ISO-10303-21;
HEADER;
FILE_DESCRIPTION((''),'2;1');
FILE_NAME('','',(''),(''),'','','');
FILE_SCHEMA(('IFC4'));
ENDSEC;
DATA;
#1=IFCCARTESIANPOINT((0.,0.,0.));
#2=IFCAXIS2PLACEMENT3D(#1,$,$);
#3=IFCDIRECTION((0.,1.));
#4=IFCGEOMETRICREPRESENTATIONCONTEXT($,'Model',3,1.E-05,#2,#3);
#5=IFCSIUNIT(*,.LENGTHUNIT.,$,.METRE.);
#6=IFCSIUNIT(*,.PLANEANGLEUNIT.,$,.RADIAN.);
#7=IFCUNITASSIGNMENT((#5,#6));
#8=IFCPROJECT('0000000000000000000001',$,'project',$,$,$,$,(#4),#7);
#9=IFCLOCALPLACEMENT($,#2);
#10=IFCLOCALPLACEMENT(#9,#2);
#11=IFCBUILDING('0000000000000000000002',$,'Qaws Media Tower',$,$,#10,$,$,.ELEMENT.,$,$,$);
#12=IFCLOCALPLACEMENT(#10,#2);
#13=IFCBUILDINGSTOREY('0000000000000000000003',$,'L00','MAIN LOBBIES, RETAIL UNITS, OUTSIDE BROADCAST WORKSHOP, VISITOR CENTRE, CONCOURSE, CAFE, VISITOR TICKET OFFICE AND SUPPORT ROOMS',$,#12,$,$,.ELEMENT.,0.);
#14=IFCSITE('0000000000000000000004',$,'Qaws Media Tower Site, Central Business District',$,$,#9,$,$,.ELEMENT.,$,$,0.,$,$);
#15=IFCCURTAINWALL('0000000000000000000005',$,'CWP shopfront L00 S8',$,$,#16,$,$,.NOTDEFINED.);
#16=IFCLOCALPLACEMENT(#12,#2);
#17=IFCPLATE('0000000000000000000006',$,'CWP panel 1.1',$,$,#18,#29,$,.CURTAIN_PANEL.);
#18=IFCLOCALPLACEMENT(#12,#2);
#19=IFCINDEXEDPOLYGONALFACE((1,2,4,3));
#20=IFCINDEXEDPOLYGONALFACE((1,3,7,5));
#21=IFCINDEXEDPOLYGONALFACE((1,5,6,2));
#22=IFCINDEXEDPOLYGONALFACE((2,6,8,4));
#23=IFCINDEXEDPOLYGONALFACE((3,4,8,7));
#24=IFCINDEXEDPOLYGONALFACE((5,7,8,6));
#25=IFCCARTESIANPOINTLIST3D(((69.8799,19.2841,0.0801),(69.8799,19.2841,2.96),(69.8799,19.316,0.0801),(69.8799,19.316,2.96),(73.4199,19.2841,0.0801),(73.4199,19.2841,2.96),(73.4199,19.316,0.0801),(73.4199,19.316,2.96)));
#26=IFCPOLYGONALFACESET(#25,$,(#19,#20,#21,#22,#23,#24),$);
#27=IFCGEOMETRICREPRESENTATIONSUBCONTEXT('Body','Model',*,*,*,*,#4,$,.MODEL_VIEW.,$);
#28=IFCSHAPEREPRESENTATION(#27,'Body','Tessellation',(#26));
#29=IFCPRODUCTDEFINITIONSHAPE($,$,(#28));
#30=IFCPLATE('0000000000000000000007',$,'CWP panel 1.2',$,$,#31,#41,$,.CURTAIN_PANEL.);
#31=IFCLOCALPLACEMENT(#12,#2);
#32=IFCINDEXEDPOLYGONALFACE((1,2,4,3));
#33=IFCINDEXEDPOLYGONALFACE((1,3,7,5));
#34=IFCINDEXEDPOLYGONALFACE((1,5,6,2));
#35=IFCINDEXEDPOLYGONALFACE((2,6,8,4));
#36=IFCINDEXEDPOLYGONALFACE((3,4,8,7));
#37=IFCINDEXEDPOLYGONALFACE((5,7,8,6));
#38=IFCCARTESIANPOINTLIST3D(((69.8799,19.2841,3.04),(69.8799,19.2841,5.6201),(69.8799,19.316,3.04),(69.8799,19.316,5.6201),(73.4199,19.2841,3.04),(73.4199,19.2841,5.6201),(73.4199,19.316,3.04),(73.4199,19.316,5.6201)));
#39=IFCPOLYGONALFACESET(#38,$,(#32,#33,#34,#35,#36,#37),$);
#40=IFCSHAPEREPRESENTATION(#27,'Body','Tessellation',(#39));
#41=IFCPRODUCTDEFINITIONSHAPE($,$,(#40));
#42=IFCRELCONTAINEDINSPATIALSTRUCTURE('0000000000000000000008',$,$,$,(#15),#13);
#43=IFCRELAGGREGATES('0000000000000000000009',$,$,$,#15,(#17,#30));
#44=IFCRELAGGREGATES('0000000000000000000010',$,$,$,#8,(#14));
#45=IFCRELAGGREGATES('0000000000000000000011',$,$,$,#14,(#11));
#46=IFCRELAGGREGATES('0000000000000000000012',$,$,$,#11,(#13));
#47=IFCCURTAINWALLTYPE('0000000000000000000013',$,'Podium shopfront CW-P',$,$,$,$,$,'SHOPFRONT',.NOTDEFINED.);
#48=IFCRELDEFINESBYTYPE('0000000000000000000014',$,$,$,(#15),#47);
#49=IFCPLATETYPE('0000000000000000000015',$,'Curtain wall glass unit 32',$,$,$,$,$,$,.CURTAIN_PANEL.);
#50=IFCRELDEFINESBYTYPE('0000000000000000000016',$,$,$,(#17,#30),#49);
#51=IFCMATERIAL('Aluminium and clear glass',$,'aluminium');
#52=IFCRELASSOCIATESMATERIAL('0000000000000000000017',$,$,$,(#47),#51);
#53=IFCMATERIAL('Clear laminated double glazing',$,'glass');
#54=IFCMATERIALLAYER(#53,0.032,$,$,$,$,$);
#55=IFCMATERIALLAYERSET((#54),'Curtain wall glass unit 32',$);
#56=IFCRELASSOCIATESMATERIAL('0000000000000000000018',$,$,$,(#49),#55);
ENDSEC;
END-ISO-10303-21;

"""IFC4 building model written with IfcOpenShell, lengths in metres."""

from ifc_helpers import new_model, si_unit, direction, frame, origin, origin_2d, place, context, subcontext, project, spatial, rectangle, extrude, material, layer, layer_set, type_object, element, aggregate, save


model = new_model("IFC4")

# Units and contexts
model_context = context("Model", 3, precision=1e-05, world=origin(), true_north=direction((0.0, 1.0)))
body_context = subcontext(model_context, "Body", "Model", "MODEL_VIEW")
ifc_project = project(units=[si_unit("LENGTHUNIT", "METRE"), si_unit("PLANEANGLEUNIT", "RADIAN")], contexts=[model_context])

# Site, building, storey
site_placement = place(None, origin())
site = spatial("IfcSite", under=ifc_project, at=site_placement, Name="Qaws Media Tower Site, Central Business District", CompositionType="ELEMENT", RefElevation=0.0)
building_placement = place(site_placement, origin())
building = spatial("IfcBuilding", under=site, at=building_placement, Name="Qaws Media Tower", CompositionType="ELEMENT")
storey_placement = place(building_placement, origin())
storey = spatial("IfcBuildingStorey", under=building, at=storey_placement, Name="L00", Description="MAIN LOBBIES, RETAIL UNITS, OUTSIDE BROADCAST WORKSHOP, VISITOR CENTRE, CONCOURSE, CAFE, VISITOR TICKET OFFICE AND SUPPORT ROOMS", CompositionType="ELEMENT", Elevation=0.0)

# Curtain wall
ifc_material_1 = material(Name="Aluminium and clear glass", Category="aluminium")
curtain_wall_type = type_object("IfcCurtainWallType", Name="Podium shopfront CW-P", ElementType="SHOPFRONT", PredefinedType="NOTDEFINED", material=ifc_material_1)
curtain_wall_1_placement = place(storey_placement, origin())
curtain_wall_1 = element("IfcCurtainWall", 1, at=curtain_wall_1_placement, inside=storey, type_object=curtain_wall_type, Name="CWP shopfront L00 S8", PredefinedType="NOTDEFINED")

# Plates
ifc_material_2 = material(Name="Clear laminated double glazing", Category="glass")
ifc_layer = layer(ifc_material_2, 0.032)
ifc_layer_set = layer_set([ifc_layer], Name="Curtain wall glass unit 32")
plate_type = type_object("IfcPlateType", Name="Curtain wall glass unit 32", PredefinedType="CURTAIN_PANEL", material=ifc_layer_set)
plate_1_placement = place(storey_placement, frame((71.6499, 19.3, 0.0801), z_axis=(0.0, 0.0, 1.0), x_axis=(1.0, 0.0, 0.0)))
plate_1 = element("IfcPlate", 2, at=plate_1_placement, type_object=plate_type, Name="CWP panel 1.1", PredefinedType="CURTAIN_PANEL", context=body_context, shape_type="SweptSolid", body=[
    extrude(rectangle(XDim=3.54, YDim=0.032, at=origin_2d()), origin(), (0.0, 0.0, 1.0), 2.8799),
])
plate_2_placement = place(storey_placement, frame((71.6499, 19.3, 3.04), z_axis=(0.0, 0.0, 1.0), x_axis=(1.0, 0.0, 0.0)))
plate_2 = element("IfcPlate", 3, at=plate_2_placement, type_object=plate_type, Name="CWP panel 1.2", PredefinedType="CURTAIN_PANEL", context=body_context, shape_type="SweptSolid", body=[
    extrude(rectangle(XDim=3.54, YDim=0.032, at=origin_2d()), origin(), (0.0, 0.0, 1.0), 2.5801),
])
aggregate(curtain_wall_1, [plate_1, plate_2])

save(model, "model.ifc")
